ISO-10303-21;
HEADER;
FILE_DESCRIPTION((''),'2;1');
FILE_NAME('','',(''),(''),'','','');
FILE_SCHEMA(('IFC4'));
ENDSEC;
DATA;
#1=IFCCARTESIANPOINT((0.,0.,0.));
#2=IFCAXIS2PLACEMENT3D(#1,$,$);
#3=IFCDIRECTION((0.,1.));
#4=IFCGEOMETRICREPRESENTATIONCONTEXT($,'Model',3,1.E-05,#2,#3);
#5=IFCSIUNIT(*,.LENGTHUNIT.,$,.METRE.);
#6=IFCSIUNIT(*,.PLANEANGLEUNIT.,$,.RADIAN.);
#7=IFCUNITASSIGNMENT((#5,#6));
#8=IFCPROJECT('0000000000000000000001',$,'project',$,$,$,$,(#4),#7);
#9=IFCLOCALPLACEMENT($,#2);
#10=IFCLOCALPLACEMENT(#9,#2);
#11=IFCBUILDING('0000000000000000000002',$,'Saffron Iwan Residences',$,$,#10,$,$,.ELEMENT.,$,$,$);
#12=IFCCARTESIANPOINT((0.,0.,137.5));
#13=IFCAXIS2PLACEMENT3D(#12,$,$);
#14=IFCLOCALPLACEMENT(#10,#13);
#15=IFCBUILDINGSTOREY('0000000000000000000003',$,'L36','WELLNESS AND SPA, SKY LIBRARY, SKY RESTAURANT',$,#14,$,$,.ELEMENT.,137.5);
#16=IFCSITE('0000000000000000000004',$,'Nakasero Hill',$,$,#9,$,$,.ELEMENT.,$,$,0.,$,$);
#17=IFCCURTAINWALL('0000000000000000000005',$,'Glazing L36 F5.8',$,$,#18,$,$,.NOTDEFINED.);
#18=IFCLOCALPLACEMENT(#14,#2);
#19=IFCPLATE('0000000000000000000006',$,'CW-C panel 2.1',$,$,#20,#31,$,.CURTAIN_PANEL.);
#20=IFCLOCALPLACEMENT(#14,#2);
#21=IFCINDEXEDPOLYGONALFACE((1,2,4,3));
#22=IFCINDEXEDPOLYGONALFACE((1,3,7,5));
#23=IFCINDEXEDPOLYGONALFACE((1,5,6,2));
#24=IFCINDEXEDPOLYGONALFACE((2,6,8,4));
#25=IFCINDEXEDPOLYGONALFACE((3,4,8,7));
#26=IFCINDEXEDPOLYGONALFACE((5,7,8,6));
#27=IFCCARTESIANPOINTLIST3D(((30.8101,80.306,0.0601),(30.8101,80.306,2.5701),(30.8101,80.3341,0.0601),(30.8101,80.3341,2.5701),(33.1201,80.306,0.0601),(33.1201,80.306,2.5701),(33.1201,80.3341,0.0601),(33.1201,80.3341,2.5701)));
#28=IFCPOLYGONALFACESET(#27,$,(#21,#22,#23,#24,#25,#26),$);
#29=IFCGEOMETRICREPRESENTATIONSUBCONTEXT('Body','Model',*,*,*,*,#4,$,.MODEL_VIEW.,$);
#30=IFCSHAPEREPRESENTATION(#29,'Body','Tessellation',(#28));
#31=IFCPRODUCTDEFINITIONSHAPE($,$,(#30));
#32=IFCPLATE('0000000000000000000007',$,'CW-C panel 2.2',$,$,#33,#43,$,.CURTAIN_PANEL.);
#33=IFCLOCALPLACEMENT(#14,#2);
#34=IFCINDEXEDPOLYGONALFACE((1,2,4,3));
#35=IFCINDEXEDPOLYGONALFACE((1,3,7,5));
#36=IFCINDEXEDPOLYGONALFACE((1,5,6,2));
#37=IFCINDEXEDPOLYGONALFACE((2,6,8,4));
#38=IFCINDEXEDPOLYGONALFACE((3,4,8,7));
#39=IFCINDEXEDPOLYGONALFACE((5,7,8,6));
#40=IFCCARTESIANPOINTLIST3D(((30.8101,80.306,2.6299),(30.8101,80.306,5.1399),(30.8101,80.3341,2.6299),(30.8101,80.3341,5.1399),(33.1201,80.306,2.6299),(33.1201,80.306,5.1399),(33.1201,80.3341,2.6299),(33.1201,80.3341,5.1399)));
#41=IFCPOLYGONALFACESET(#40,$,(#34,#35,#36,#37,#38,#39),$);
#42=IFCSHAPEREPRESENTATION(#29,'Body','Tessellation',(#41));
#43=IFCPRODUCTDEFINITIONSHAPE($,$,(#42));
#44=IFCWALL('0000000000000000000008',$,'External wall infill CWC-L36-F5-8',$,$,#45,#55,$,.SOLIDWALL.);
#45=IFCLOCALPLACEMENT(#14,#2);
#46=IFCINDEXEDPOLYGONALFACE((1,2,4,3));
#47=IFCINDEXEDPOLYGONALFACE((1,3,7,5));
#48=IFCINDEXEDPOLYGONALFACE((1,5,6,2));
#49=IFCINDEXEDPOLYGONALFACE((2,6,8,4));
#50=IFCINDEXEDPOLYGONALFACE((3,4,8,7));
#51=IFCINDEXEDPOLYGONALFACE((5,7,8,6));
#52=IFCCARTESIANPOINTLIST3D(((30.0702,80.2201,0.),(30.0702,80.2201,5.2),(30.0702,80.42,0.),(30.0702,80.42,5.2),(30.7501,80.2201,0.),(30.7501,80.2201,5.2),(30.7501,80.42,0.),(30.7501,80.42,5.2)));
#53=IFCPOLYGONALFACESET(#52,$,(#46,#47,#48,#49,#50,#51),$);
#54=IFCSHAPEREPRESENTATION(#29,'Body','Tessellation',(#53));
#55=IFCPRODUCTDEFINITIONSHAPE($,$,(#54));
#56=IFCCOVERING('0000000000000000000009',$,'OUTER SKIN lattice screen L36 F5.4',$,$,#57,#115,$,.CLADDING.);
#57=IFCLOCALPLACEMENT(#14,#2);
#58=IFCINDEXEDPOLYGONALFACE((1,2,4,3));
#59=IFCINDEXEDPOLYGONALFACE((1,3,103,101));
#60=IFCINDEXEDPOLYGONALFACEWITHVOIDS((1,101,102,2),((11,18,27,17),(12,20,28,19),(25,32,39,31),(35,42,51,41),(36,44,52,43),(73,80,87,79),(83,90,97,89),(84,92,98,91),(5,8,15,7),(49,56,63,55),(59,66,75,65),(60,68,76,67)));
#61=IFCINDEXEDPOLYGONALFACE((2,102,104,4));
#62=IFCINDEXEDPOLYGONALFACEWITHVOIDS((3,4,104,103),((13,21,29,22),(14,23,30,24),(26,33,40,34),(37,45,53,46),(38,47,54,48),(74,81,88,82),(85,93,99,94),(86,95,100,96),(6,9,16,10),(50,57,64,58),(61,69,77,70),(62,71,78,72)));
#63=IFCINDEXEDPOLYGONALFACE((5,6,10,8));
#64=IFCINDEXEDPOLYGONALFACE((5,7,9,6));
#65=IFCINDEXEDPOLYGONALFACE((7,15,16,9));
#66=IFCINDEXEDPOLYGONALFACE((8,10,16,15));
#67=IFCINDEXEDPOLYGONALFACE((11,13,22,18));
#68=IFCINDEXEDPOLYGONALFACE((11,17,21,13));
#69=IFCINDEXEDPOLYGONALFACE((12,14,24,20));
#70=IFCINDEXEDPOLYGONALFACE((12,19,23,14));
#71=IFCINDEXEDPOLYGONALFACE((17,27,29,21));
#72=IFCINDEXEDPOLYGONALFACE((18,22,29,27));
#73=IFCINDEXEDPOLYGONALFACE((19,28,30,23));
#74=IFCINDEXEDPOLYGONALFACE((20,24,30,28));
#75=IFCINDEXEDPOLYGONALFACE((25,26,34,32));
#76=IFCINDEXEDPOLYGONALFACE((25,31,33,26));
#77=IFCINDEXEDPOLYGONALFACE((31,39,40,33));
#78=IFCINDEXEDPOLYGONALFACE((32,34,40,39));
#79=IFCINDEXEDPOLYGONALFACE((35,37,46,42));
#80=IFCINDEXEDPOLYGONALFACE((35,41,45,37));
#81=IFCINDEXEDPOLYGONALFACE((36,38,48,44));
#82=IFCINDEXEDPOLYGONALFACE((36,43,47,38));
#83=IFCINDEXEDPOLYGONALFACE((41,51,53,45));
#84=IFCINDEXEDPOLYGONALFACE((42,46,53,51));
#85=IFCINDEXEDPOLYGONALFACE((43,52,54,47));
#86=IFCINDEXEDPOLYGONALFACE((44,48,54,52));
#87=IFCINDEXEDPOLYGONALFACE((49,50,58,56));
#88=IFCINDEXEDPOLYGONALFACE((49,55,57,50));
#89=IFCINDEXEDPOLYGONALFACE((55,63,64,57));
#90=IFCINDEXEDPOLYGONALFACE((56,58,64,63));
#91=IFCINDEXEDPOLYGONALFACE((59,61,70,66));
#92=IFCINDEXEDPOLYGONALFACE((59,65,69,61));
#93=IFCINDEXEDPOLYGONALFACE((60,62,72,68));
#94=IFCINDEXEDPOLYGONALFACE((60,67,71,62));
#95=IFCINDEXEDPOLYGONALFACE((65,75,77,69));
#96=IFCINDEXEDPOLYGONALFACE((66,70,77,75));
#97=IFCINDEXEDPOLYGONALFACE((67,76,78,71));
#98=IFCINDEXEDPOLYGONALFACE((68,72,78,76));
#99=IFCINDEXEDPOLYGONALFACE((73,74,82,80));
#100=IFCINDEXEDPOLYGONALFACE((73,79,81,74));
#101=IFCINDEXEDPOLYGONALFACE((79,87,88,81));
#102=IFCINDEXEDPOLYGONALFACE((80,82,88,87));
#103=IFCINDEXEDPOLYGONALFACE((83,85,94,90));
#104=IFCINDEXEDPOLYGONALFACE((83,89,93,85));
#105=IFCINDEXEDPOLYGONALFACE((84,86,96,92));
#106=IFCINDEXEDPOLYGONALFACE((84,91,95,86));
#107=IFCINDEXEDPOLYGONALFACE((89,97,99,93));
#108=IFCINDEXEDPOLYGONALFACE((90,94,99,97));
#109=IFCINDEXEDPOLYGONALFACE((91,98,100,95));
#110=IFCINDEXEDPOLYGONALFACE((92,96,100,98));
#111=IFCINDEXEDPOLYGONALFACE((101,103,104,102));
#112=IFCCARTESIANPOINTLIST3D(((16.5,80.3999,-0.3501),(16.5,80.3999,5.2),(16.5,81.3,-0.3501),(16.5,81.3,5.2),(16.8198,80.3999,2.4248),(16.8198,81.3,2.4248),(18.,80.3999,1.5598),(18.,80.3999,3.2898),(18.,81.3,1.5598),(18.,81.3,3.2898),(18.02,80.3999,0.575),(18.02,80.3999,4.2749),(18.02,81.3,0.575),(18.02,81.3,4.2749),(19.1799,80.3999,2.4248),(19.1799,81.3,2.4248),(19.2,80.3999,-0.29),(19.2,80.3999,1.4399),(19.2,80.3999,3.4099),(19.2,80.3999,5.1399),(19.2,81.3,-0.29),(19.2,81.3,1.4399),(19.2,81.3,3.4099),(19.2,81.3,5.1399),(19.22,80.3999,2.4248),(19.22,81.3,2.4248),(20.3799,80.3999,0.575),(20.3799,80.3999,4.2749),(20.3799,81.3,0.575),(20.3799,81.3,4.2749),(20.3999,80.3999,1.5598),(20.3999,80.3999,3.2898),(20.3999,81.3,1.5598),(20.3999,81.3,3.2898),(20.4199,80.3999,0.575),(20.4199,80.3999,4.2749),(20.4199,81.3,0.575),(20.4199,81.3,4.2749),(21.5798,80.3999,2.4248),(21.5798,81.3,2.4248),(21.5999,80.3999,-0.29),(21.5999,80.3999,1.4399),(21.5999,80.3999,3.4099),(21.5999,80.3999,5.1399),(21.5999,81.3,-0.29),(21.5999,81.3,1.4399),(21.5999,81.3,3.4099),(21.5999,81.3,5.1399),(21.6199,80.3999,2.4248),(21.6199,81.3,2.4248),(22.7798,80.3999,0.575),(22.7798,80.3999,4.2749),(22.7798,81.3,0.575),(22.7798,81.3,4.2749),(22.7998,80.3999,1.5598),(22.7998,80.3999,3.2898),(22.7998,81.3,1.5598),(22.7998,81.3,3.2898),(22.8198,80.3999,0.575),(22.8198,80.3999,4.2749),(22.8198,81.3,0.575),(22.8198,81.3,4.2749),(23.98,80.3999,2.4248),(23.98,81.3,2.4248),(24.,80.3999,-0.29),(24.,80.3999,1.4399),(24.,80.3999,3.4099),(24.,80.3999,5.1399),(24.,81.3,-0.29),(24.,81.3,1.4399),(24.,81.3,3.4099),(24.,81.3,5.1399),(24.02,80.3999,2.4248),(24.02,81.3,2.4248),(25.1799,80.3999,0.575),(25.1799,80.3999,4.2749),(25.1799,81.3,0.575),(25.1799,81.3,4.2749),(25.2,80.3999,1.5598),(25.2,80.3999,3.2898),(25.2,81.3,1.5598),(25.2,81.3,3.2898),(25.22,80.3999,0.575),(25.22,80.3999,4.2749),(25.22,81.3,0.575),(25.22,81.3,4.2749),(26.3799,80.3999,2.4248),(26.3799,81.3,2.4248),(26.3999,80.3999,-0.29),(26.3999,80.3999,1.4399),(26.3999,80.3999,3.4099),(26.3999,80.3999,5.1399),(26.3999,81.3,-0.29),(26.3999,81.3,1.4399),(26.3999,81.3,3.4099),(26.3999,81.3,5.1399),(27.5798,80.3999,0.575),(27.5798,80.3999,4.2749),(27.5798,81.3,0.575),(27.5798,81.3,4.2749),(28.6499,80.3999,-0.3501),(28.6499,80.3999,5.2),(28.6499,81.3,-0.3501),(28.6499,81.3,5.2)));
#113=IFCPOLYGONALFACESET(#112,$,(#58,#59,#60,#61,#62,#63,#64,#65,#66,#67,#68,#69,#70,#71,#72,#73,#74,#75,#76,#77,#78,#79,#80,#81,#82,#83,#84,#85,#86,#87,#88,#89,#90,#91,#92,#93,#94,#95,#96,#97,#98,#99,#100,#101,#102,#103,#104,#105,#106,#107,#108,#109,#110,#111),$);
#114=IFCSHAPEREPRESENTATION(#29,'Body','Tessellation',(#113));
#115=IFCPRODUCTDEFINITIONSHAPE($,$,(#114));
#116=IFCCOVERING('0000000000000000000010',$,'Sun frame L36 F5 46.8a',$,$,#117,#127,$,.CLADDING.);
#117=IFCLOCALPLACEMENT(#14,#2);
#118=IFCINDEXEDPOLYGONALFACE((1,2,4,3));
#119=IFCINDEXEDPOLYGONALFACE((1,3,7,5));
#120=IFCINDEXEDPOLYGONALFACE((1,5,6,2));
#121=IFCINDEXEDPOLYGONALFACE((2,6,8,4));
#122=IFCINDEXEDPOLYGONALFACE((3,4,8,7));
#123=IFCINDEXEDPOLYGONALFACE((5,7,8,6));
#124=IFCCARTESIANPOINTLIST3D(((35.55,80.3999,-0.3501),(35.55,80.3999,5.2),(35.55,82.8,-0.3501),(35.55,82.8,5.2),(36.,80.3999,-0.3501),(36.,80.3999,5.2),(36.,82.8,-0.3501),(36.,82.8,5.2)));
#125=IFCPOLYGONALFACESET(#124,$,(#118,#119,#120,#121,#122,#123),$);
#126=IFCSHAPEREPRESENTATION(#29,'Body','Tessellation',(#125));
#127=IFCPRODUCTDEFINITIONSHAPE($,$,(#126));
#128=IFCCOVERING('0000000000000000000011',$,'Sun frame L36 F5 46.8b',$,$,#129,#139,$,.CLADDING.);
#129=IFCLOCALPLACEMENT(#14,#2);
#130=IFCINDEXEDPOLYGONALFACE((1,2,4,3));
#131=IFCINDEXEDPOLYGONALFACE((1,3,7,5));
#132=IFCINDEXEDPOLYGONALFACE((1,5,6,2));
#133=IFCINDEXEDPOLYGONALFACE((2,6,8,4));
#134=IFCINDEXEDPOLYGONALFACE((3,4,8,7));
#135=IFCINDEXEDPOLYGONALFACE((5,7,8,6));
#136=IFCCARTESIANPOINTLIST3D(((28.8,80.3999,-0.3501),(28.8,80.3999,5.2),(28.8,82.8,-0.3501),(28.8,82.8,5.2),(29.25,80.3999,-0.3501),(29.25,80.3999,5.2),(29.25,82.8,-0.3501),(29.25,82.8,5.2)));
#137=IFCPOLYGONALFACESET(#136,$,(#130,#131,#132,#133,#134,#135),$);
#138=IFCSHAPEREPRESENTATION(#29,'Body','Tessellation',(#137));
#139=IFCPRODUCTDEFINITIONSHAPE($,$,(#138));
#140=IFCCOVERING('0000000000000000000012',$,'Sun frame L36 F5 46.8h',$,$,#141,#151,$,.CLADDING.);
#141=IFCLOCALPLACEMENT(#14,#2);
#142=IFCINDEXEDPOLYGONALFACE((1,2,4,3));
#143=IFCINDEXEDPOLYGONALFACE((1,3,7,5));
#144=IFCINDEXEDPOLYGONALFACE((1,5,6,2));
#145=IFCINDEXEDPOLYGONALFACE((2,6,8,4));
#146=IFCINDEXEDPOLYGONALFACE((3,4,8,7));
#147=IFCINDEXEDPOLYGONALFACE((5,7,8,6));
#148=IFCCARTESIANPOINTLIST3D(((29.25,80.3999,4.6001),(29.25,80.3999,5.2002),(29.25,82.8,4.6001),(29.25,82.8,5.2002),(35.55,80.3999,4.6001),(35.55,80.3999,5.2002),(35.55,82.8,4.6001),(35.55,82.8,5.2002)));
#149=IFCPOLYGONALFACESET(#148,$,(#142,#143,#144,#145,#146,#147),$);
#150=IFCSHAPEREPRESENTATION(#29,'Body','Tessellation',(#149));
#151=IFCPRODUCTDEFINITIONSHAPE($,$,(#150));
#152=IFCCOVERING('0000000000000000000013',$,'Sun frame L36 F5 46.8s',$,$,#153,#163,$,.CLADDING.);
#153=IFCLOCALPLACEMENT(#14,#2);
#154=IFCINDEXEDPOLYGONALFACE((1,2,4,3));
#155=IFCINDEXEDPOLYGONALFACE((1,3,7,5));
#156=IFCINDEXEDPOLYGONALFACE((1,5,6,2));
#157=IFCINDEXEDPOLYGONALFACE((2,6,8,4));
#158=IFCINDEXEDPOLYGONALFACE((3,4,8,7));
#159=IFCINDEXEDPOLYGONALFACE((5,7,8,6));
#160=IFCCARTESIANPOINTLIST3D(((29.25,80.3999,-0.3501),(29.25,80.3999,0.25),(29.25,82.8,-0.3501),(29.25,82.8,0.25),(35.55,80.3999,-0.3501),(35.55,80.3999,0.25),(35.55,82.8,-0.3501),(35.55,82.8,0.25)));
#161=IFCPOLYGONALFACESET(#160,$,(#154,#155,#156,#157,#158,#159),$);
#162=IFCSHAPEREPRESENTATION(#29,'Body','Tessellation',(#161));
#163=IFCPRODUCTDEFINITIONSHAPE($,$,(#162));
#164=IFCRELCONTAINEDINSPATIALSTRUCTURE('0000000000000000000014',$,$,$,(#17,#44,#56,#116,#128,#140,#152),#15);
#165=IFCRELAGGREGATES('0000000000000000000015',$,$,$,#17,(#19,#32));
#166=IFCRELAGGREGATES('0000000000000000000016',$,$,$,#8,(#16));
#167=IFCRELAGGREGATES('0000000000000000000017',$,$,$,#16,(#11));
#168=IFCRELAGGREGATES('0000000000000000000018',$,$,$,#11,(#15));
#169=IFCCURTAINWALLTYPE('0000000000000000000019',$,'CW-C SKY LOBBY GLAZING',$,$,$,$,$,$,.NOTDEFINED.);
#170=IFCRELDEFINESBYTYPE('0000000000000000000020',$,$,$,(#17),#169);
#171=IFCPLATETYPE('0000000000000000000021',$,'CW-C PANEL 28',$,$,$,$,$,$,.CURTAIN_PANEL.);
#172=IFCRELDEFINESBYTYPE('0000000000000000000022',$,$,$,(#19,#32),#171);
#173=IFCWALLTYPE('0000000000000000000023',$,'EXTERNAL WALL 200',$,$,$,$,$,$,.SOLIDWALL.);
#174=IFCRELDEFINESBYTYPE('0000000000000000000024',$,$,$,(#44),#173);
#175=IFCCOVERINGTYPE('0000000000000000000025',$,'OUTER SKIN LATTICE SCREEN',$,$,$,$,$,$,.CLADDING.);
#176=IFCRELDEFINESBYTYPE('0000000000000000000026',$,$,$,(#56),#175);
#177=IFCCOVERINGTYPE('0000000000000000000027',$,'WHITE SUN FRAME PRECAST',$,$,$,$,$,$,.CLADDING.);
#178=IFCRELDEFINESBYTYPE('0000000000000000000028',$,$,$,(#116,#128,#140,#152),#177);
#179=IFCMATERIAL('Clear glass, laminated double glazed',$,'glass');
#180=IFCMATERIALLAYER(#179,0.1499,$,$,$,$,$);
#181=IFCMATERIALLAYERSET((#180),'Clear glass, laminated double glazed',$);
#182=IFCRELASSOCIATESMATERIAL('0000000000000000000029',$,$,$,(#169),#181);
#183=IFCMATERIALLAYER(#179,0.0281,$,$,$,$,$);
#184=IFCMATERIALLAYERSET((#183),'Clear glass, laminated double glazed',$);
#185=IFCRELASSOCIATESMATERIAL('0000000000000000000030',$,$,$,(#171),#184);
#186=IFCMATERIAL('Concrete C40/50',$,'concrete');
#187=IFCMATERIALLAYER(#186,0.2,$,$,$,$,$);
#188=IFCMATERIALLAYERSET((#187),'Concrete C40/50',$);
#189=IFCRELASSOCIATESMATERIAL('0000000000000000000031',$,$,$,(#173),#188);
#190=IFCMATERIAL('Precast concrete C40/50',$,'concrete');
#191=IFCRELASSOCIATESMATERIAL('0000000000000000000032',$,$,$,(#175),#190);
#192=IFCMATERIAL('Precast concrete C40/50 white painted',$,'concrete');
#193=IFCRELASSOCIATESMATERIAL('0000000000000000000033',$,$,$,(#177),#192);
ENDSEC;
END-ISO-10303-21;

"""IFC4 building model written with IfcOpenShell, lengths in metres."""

from ifc_helpers import new_model, si_unit, direction, frame, frame_2d, origin, origin_2d, place, context, subcontext, project, spatial, polyline, rectangle, outline, extrude, source, transform, mapped, material, layer, layer_set, type_object, element, aggregate, save


model = new_model("IFC4")

# Units and contexts
model_context = context("Model", 3, precision=1e-05, world=origin(), true_north=direction((0.0, 1.0)))
body_context = subcontext(model_context, "Body", "Model", "MODEL_VIEW")
ifc_project = project(units=[si_unit("LENGTHUNIT", "METRE"), si_unit("PLANEANGLEUNIT", "RADIAN")], contexts=[model_context])

# Site, building, storey
site_placement = place(None, origin())
site = spatial("IfcSite", under=ifc_project, at=site_placement, Name="Nakasero Hill", CompositionType="ELEMENT", RefElevation=0.0)
building_placement = place(site_placement, origin())
building = spatial("IfcBuilding", under=site, at=building_placement, Name="Saffron Iwan Residences", CompositionType="ELEMENT")
storey_placement = place(building_placement, frame((0.0, 0.0, 137.5)))
storey = spatial("IfcBuildingStorey", under=building, at=storey_placement, Name="L36", Description="WELLNESS AND SPA, SKY LIBRARY, SKY RESTAURANT", CompositionType="ELEMENT", Elevation=137.5)

# Curtain wall
ifc_material_1 = material(Name="Clear glass, laminated double glazed", Category="glass")
ifc_layer_1 = layer(ifc_material_1, 0.1499)
ifc_layer_set_1 = layer_set([ifc_layer_1], Name="Clear glass, laminated double glazed")
curtain_wall_type = type_object("IfcCurtainWallType", Name="CW-C SKY LOBBY GLAZING", PredefinedType="NOTDEFINED", material=ifc_layer_set_1)
curtain_wall_1_placement = place(storey_placement, origin())
curtain_wall_1 = element("IfcCurtainWall", 1, at=curtain_wall_1_placement, inside=storey, type_object=curtain_wall_type, Name="Glazing L36 F5.8", PredefinedType="NOTDEFINED")

# Plates
ifc_layer_2 = layer(ifc_material_1, 0.0281)
ifc_layer_set_2 = layer_set([ifc_layer_2], Name="Clear glass, laminated double glazed")
plate_type = type_object("IfcPlateType", Name="CW-C PANEL 28", PredefinedType="CURTAIN_PANEL", material=ifc_layer_set_2)
shared_shape_1 = source(origin(), body_context, "Body", "SweptSolid", [
    extrude(rectangle(XDim=2.3101, YDim=0.0281, at=origin_2d()), origin(), (0.0, 0.0, 1.0), 2.51),
])
plate_1_placement = place(storey_placement, frame((31.9651, 80.3201, 0.0601), z_axis=(0.0, 0.0, 1.0), x_axis=(-1.0, 0.0, 0.0)))
plate_1 = element("IfcPlate", 2, at=plate_1_placement, type_object=plate_type, Name="CW-C panel 2.1", PredefinedType="CURTAIN_PANEL", context=body_context, shape_type="MappedRepresentation", body=[
    mapped(shared_shape_1, transform((0.0, 0.0, 0.0))),
])
plate_2_placement = place(storey_placement, frame((31.9651, 80.3201, 2.6299), z_axis=(0.0, 0.0, 1.0), x_axis=(-1.0, 0.0, 0.0)))
plate_2 = element("IfcPlate", 3, at=plate_2_placement, type_object=plate_type, Name="CW-C panel 2.2", PredefinedType="CURTAIN_PANEL", context=body_context, shape_type="MappedRepresentation", body=[
    mapped(shared_shape_1, transform((0.0, 0.0, 0.0))),
])
aggregate(curtain_wall_1, [plate_1, plate_2])

# Wall
ifc_material_2 = material(Name="Concrete C40/50", Category="concrete")
ifc_layer_3 = layer(ifc_material_2, 0.2)
ifc_layer_set_3 = layer_set([ifc_layer_3], Name="Concrete C40/50")
wall_type = type_object("IfcWallType", Name="EXTERNAL WALL 200", PredefinedType="SOLIDWALL", material=ifc_layer_set_3)
wall_placement = place(storey_placement, frame((30.75, 80.3201, 0.0), z_axis=(0.0, 0.0, 1.0), x_axis=(-1.0, 0.0, 0.0)))
element("IfcWall", 4, at=wall_placement, inside=storey, type_object=wall_type, Name="External wall infill CWC-L36-F5-8", PredefinedType="SOLIDWALL", context=body_context, shape_type="SweptSolid", body=[
    extrude(rectangle(XDim=0.6799, YDim=0.2, at=frame_2d((0.3398, 0.0))), origin(), (0.0, 0.0, 1.0), 5.2),
])

# Coverings
ifc_material_3 = material(Name="Precast concrete C40/50", Category="concrete")
covering_type_1 = type_object("IfcCoveringType", Name="OUTER SKIN LATTICE SCREEN", PredefinedType="CLADDING", material=ifc_material_3)
covering_placement = place(storey_placement, frame((28.6499, 80.3999, -0.3501), z_axis=(0.0, 1.0, 0.0), x_axis=(-1.0, 0.0, 0.0)))
element("IfcCovering", 5, at=covering_placement, inside=storey, type_object=covering_type_1, Name="OUTER SKIN lattice screen L36 F5.4", PredefinedType="CLADDING", context=body_context, shape_type="SweptSolid", body=[
    extrude(outline(polyline([(0.0, 0.0), (12.1499, 0.0), (12.1499, 5.55), (0.0, 5.55), (0.0, 0.0)]), holes=[polyline([(1.0701, 0.925), (2.25, 0.0601), (3.4299, 0.925), (2.25, 1.79), (1.0701, 0.925)]), polyline([(3.47, 0.925), (4.6499, 0.0601), (5.8301, 0.925), (4.6499, 1.79), (3.47, 0.925)]), polyline([(5.8701, 0.925), (7.05, 0.0601), (8.23, 0.925), (7.05, 1.79), (5.8701, 0.925)]), polyline([(8.27, 0.925), (9.45, 0.0601), (10.6299, 0.925), (9.45, 1.79), (8.27, 0.925)]), polyline([(2.27, 2.7749), (3.45, 1.9099), (4.6299, 2.7749), (3.45, 3.6399), (2.27, 2.7749)]), polyline([(4.6699, 2.7749), (5.8501, 1.9099), (7.03, 2.7749), (5.8501, 3.6399), (4.6699, 2.7749)]), polyline([(7.0701, 2.7749), (8.25, 1.9099), (9.4299, 2.7749), (8.25, 3.6399), (7.0701, 2.7749)]), polyline([(9.47, 2.7749), (10.6499, 1.9099), (11.8301, 2.7749), (10.6499, 3.6399), (9.47, 2.7749)]), polyline([(1.0701, 4.625), (2.25, 3.76), (3.4299, 4.625), (2.25, 5.49), (1.0701, 4.625)]), polyline([(3.47, 4.625), (4.6499, 3.76), (5.8301, 4.625), (4.6499, 5.49), (3.47, 4.625)]), polyline([(5.8701, 4.625), (7.05, 3.76), (8.23, 4.625), (7.05, 5.49), (5.8701, 4.625)]), polyline([(8.27, 4.625), (9.45, 3.76), (10.6299, 4.625), (9.45, 5.49), (8.27, 4.625)])]), origin(), (0.0, 0.0, 1.0), 0.9001),
])
ifc_material_4 = material(Name="Precast concrete C40/50 white painted", Category="concrete")
covering_type_2 = type_object("IfcCoveringType", Name="WHITE SUN FRAME PRECAST", PredefinedType="CLADDING", material=ifc_material_4)
for number, where, z_axis, x_axis, name in (
    (6, (36.0, 80.3999, -0.3501), (0.0, 1.0, 0.0), (-1.0, 0.0, 0.0), "Sun frame L36 F5 46.8a"),
    (7, (29.25, 80.3999, -0.3501), (0.0, 1.0, 0.0), (-1.0, 0.0, 0.0), "Sun frame L36 F5 46.8b"),
):
    element("IfcCovering", number, at=place(storey_placement, frame(where, z_axis=z_axis, x_axis=x_axis)), inside=storey, type_object=covering_type_2, Name=name, PredefinedType="CLADDING", context=body_context, shape_type="SweptSolid", body=[
        extrude(outline(polyline([(0.0, 0.0), (0.45, 0.0), (0.45, 5.55), (0.0, 5.55), (0.0, 0.0)])), origin(), (0.0, 0.0, 1.0), 2.4001),
    ])
for number, where, z_axis, x_axis, name in (
    (8, (35.55, 80.3999, 4.6001), (0.0, 1.0, 0.0), (-1.0, 0.0, 0.0), "Sun frame L36 F5 46.8h"),
    (9, (35.55, 80.3999, -0.3501), (0.0, 1.0, 0.0), (-1.0, 0.0, 0.0), "Sun frame L36 F5 46.8s"),
):
    element("IfcCovering", number, at=place(storey_placement, frame(where, z_axis=z_axis, x_axis=x_axis)), inside=storey, type_object=covering_type_2, Name=name, PredefinedType="CLADDING", context=body_context, shape_type="SweptSolid", body=[
        extrude(outline(polyline([(0.0, 0.0), (6.3, 0.0), (6.3, 0.6001), (0.0, 0.6001), (0.0, 0.0)])), origin(), (0.0, 0.0, 1.0), 2.4001),
    ])

save(model, "model.ifc")
